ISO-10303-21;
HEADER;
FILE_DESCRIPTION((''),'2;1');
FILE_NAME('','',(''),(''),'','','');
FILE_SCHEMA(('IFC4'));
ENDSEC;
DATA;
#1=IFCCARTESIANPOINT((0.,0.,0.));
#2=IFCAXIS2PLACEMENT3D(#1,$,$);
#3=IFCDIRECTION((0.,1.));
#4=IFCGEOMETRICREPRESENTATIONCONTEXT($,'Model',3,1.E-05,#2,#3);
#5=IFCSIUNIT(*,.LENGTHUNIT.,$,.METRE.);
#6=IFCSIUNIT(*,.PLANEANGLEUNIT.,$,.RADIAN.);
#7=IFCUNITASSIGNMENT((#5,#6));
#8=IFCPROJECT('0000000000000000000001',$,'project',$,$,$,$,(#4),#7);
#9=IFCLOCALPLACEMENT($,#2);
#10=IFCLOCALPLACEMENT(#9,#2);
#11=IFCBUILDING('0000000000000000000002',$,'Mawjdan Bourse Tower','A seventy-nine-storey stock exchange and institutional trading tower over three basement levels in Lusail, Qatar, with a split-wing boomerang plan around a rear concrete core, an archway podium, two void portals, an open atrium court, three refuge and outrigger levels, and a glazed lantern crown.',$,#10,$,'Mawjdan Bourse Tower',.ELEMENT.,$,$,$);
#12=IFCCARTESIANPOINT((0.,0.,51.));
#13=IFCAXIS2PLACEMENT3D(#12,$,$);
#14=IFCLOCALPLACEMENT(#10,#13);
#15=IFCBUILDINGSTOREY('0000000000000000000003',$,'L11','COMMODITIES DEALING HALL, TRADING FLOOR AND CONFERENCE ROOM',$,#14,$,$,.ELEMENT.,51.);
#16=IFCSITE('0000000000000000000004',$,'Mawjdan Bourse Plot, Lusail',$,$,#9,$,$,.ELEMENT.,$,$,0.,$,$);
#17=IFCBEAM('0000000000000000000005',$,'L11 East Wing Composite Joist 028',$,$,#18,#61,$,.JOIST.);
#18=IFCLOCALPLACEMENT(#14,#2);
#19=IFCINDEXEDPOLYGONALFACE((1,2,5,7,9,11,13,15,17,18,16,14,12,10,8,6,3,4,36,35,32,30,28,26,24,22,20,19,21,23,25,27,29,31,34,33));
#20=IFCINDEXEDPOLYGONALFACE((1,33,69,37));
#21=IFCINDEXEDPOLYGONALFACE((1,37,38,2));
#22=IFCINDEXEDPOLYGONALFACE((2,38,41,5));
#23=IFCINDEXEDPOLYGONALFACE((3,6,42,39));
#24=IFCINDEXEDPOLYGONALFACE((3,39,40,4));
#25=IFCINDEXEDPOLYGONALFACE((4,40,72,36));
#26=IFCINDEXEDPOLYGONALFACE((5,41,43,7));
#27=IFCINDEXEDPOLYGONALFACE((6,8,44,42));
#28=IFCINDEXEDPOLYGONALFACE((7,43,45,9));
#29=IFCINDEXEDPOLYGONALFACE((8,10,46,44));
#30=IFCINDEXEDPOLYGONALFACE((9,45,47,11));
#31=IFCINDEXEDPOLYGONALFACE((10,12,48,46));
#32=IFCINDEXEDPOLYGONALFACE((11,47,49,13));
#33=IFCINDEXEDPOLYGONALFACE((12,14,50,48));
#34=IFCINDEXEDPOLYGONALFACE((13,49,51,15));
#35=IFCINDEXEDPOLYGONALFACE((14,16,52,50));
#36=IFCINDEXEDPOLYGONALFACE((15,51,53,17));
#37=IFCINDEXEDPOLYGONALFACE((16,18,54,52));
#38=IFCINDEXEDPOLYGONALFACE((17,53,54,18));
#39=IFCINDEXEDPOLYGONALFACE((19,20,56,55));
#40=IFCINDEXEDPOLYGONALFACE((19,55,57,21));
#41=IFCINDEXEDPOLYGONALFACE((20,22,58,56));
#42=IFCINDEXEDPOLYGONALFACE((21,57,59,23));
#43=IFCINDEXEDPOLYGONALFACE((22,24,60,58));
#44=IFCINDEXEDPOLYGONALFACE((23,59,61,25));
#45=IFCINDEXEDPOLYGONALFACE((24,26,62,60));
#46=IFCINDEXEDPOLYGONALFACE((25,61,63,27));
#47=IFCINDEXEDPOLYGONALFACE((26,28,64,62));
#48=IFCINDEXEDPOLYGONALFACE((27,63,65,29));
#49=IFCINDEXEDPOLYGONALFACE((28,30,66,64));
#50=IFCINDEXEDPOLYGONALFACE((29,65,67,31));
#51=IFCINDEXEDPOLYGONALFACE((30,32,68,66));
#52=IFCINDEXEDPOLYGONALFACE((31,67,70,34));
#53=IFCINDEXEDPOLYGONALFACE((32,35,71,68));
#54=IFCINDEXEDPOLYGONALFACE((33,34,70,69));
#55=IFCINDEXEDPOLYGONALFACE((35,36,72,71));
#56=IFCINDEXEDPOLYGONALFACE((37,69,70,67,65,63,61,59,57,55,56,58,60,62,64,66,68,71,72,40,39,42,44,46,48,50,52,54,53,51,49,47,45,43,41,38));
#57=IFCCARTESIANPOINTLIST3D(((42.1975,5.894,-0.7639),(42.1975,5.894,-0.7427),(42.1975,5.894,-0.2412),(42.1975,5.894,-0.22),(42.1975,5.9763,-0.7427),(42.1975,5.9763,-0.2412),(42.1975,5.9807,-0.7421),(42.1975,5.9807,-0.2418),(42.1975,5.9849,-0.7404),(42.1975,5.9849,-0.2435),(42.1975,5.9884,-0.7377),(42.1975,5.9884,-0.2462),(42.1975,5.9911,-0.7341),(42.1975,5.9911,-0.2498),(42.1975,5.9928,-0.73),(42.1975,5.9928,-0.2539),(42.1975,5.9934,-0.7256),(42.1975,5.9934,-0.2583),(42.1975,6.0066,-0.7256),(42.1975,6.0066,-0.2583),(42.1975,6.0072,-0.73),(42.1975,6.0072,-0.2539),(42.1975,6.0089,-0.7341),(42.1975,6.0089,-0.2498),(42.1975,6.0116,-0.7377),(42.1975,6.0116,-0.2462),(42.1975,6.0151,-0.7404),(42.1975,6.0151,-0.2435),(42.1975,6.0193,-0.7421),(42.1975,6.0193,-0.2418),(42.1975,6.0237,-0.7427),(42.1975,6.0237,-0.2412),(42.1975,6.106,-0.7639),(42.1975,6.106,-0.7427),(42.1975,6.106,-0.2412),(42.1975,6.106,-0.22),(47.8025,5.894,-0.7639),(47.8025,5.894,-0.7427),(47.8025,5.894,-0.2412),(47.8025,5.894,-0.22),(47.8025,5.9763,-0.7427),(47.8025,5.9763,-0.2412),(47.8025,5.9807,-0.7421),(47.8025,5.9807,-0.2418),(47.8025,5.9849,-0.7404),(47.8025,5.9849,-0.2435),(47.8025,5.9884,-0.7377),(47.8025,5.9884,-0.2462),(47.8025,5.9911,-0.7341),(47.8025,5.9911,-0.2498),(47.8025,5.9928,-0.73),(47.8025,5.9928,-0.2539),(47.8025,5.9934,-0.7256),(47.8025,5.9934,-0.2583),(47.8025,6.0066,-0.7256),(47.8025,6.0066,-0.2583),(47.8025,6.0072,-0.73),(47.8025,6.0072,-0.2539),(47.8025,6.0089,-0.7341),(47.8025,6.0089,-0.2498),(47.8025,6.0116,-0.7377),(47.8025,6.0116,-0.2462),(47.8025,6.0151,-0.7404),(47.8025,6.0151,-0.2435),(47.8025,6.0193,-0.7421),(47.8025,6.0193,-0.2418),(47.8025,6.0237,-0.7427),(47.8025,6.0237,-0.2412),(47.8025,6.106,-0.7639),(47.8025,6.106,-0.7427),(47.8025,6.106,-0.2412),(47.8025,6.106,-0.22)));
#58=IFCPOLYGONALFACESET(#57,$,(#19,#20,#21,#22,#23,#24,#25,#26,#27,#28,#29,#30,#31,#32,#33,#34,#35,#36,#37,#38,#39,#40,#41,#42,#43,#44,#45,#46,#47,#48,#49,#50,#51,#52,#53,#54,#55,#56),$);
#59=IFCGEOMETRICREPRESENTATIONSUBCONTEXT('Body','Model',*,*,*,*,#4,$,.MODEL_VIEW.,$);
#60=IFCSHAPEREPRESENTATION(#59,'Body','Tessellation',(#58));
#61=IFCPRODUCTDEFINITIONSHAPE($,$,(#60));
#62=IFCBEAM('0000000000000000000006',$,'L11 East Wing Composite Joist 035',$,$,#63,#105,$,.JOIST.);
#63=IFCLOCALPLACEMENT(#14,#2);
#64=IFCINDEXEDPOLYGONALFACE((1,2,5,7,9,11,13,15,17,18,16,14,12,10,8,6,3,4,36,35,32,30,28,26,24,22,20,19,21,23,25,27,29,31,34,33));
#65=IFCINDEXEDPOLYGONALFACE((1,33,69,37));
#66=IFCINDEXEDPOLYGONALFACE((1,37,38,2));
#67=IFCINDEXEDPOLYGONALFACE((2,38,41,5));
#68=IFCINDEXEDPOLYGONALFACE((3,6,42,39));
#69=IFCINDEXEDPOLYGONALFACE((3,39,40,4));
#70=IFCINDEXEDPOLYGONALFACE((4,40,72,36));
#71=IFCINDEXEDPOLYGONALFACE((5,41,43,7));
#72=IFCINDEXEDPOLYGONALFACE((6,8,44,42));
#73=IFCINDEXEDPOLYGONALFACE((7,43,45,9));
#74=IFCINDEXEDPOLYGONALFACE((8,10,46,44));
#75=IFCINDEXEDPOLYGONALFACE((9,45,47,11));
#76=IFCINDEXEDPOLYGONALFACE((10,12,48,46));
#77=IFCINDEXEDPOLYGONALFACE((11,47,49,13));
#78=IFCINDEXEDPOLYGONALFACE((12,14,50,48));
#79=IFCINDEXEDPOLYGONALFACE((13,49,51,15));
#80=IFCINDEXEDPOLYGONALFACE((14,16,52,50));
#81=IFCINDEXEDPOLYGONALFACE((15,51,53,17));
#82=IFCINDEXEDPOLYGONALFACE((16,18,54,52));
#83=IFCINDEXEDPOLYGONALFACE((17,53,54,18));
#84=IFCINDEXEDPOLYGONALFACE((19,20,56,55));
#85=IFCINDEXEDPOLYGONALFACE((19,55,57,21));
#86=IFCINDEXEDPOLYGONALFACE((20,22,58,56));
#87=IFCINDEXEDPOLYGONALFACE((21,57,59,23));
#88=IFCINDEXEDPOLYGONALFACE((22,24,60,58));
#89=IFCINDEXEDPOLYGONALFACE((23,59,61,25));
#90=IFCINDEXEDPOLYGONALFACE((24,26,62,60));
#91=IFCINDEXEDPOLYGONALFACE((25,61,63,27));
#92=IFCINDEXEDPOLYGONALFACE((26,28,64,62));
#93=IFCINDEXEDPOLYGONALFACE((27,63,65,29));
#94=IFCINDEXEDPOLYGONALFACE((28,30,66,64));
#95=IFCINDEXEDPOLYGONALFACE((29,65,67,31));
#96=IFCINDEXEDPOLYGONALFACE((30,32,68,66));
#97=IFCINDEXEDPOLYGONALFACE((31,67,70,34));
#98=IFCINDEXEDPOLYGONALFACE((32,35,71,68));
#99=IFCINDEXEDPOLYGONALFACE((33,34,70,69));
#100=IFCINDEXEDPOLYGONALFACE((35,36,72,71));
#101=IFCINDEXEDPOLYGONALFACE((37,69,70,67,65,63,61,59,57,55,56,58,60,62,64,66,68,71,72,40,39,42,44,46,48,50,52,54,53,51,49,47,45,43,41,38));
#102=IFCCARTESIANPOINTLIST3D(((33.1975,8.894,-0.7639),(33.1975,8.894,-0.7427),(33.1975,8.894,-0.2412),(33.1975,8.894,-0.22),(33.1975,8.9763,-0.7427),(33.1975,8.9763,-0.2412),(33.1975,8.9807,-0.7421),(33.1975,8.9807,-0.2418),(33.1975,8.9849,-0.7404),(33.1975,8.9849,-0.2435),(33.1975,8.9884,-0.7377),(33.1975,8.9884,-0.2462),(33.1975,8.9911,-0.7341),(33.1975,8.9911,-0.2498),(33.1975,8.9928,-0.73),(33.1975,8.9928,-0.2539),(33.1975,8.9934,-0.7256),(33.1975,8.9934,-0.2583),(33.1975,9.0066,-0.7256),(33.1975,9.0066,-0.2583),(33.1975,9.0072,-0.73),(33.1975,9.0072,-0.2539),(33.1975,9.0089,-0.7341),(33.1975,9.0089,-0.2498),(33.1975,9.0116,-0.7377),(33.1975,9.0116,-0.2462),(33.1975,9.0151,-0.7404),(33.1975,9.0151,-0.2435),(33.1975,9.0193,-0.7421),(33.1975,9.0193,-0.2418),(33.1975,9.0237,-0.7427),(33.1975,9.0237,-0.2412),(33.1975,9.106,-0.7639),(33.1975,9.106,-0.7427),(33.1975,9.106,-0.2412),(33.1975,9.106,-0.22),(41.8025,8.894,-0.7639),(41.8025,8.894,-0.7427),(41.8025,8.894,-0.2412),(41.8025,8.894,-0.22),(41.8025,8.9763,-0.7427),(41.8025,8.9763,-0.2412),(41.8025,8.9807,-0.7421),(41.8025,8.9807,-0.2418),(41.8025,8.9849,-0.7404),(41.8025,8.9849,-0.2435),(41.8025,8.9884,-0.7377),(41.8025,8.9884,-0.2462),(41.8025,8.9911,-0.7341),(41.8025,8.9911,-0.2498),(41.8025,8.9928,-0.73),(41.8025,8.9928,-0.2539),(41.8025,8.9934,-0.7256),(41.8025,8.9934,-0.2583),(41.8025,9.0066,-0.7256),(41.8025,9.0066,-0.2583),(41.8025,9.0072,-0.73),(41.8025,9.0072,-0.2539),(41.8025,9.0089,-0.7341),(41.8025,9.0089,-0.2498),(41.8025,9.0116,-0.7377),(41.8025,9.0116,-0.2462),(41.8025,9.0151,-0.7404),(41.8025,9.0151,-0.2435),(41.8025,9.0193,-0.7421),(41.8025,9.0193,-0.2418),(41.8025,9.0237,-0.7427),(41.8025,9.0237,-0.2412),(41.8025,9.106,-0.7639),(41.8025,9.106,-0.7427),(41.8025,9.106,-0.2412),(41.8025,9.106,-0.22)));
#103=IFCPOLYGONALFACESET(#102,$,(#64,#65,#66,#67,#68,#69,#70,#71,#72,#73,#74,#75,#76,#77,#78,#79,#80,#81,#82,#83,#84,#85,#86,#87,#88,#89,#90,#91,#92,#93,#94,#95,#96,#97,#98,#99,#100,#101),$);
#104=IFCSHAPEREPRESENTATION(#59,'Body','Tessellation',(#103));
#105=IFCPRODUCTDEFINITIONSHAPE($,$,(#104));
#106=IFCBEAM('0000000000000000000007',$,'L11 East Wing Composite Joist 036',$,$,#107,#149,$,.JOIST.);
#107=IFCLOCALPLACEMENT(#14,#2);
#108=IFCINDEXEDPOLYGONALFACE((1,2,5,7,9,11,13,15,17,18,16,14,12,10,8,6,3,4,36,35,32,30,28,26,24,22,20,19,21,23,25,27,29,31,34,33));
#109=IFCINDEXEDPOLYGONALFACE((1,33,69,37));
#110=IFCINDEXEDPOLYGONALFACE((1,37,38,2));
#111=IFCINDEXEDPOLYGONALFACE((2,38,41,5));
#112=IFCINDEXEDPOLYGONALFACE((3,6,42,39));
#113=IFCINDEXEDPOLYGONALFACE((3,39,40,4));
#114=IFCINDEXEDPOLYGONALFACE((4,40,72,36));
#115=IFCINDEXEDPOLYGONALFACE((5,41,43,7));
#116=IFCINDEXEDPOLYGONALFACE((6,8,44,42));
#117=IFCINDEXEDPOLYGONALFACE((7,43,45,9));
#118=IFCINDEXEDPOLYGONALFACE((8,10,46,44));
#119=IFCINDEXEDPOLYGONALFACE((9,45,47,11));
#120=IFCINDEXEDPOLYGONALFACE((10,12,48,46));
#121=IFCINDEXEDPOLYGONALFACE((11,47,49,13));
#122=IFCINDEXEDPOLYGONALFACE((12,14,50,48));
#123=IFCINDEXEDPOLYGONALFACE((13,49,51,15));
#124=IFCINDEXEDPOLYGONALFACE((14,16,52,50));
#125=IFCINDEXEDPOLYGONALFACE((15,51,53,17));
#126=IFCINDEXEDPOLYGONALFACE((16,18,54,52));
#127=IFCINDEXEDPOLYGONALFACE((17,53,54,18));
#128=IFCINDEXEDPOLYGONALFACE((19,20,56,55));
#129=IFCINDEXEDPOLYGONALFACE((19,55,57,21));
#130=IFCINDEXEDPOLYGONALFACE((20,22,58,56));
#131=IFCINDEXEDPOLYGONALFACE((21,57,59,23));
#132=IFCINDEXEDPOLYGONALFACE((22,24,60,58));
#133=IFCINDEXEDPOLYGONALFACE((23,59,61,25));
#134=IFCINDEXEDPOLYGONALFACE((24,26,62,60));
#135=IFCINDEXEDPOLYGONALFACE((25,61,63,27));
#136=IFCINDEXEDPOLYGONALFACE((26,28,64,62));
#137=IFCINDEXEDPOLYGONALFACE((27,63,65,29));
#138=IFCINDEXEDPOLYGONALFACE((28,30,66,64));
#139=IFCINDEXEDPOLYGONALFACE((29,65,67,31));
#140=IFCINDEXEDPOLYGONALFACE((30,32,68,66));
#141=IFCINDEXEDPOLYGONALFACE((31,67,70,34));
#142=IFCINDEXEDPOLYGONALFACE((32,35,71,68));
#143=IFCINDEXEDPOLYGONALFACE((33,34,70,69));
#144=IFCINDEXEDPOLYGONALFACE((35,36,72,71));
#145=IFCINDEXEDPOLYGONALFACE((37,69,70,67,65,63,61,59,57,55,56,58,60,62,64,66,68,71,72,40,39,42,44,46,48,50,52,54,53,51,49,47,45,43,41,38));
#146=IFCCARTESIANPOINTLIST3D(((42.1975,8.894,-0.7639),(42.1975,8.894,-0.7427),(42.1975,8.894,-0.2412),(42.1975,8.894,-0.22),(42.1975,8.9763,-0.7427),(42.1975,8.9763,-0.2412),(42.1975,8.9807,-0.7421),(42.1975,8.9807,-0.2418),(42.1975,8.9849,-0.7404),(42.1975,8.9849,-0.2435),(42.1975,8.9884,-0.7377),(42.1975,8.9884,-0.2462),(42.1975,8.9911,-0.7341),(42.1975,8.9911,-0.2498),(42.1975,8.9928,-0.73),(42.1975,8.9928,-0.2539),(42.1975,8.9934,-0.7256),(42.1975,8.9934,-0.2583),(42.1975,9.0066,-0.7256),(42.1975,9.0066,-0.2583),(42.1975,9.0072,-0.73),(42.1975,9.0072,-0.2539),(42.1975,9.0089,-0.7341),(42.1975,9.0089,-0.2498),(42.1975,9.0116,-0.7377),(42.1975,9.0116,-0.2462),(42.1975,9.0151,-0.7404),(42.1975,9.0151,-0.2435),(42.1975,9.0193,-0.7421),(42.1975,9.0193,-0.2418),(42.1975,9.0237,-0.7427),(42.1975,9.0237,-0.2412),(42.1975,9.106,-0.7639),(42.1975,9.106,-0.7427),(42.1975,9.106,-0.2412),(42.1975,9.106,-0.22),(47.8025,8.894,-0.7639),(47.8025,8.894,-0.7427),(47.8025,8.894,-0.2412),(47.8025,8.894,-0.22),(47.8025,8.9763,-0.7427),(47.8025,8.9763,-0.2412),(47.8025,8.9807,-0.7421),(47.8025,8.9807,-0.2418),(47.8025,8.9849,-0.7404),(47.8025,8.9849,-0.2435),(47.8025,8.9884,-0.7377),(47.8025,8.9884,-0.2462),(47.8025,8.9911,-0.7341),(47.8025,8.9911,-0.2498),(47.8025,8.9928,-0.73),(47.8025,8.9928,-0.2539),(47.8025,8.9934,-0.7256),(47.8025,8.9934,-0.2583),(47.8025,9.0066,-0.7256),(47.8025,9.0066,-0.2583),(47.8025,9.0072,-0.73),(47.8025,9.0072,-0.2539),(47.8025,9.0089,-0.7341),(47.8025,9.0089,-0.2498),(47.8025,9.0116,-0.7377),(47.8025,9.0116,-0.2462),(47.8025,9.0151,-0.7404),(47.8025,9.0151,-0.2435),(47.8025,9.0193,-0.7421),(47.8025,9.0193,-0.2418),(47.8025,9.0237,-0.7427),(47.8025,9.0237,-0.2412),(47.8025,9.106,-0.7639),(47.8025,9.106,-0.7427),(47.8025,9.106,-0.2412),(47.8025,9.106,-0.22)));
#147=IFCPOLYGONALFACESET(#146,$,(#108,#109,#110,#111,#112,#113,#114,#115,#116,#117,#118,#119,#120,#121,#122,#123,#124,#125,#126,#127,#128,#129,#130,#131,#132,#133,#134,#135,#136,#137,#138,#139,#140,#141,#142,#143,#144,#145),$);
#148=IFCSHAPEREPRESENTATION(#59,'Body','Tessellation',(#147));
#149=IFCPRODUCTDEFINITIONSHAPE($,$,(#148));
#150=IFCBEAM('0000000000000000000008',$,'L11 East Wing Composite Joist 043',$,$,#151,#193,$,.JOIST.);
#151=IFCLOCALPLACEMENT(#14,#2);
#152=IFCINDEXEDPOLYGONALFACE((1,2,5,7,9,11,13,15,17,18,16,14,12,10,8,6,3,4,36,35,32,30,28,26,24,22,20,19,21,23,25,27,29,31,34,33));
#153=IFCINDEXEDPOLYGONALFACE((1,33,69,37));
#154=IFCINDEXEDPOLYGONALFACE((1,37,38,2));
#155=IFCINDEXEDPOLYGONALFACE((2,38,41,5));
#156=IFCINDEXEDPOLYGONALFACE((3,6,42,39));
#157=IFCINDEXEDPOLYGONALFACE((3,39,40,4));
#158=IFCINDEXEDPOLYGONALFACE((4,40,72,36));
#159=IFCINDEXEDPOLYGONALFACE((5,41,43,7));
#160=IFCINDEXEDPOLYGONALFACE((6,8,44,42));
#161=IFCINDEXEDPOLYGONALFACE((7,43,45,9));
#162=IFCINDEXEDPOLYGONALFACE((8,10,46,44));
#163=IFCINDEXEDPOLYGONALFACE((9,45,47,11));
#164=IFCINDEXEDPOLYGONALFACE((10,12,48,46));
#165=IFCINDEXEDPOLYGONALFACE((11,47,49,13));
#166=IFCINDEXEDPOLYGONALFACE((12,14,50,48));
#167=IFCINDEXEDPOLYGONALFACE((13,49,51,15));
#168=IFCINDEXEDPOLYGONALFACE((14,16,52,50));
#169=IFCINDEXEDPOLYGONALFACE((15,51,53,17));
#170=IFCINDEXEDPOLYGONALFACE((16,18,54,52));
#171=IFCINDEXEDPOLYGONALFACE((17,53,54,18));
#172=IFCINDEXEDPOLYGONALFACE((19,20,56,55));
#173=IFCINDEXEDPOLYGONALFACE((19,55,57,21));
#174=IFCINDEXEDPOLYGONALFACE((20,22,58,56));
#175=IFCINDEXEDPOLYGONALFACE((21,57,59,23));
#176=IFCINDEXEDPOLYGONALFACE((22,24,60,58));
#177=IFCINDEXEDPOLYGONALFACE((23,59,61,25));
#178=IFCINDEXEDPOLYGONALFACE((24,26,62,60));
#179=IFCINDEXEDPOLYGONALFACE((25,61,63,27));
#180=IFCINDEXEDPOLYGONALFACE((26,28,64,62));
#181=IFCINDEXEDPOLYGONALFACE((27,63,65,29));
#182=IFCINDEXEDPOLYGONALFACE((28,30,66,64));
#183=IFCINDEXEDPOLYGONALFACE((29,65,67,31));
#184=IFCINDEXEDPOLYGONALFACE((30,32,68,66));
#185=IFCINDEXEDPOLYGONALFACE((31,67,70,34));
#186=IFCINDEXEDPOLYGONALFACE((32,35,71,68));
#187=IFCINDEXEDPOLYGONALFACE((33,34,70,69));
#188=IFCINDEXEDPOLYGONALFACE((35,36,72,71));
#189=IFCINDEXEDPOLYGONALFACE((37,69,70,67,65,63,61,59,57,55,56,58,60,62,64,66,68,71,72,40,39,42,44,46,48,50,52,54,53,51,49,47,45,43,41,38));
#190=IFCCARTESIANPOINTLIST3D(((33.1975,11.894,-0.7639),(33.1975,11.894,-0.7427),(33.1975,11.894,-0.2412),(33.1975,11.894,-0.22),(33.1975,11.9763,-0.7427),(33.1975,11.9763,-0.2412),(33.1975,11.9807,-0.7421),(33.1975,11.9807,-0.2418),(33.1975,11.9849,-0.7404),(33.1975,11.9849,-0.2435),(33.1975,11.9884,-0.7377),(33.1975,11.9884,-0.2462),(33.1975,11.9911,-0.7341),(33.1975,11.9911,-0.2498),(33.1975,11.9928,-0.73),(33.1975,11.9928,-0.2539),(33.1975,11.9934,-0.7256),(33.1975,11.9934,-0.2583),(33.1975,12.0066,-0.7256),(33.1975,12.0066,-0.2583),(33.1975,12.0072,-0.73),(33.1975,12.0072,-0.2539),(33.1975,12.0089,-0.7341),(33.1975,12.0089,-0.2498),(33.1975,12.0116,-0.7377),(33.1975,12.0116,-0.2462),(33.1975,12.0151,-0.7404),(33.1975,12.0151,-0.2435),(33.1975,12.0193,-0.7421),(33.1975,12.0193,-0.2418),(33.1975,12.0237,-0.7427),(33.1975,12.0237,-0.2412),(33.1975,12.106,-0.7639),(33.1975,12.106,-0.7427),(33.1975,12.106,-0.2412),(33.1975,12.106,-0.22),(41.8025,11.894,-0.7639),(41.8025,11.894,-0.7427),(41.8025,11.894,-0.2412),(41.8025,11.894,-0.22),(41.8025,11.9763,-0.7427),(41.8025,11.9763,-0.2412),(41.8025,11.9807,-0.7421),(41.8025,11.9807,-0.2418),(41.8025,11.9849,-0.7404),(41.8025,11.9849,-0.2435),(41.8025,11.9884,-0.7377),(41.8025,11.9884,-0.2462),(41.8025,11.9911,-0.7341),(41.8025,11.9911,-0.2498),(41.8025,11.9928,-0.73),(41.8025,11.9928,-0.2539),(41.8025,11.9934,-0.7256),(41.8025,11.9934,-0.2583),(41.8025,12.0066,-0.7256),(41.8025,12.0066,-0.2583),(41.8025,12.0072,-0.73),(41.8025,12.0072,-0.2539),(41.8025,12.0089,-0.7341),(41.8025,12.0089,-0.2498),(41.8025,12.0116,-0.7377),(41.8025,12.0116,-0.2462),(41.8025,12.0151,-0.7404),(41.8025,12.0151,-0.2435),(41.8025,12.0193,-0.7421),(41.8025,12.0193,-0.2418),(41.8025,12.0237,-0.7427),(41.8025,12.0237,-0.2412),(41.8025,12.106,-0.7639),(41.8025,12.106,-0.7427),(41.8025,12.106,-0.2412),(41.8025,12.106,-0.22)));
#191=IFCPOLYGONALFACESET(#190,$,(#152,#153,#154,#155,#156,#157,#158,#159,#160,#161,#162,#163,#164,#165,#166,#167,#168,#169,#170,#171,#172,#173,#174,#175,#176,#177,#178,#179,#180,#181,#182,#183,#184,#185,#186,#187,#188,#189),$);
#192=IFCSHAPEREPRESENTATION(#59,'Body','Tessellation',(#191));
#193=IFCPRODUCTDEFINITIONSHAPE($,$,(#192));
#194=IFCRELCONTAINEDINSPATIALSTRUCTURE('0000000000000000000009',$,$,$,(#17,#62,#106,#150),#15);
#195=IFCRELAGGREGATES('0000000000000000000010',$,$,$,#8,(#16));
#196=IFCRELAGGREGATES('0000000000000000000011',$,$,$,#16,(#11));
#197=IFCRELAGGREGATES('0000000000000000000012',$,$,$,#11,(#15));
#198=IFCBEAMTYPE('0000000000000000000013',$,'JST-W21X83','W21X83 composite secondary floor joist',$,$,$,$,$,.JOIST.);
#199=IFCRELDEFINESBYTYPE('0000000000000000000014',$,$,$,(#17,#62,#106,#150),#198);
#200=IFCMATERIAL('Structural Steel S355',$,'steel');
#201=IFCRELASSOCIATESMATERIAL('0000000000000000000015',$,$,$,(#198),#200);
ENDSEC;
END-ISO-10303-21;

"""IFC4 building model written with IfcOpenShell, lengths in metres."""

from ifc_helpers import new_model, si_unit, direction, frame, origin, origin_2d, place, context, subcontext, project, spatial, i_section, extrude, material, material_profile, profile_set, type_object, element, save


model = new_model("IFC4")

# Units and contexts
model_context = context("Model", 3, precision=1e-05, world=origin(), true_north=direction((0.0, 1.0)))
body_context = subcontext(model_context, "Body", "Model", "MODEL_VIEW")
ifc_project = project(units=[si_unit("LENGTHUNIT", "METRE"), si_unit("PLANEANGLEUNIT", "RADIAN")], contexts=[model_context])

# Site, building, storey
site_placement = place(None, origin())
site = spatial("IfcSite", under=ifc_project, at=site_placement, Name="Mawjdan Bourse Plot, Lusail", CompositionType="ELEMENT", RefElevation=0.0)
building_placement = place(site_placement, origin())
building = spatial("IfcBuilding", under=site, at=building_placement, Name="Mawjdan Bourse Tower", Description="A seventy-nine-storey stock exchange and institutional trading tower over three basement levels in Lusail, Qatar, with a split-wing boomerang plan around a rear concrete core, an archway podium, two void portals, an open atrium court, three refuge and outrigger levels, and a glazed lantern crown.", LongName="Mawjdan Bourse Tower", CompositionType="ELEMENT")
storey_placement = place(building_placement, frame((0.0, 0.0, 51.0)))
storey = spatial("IfcBuildingStorey", under=building, at=storey_placement, Name="L11", Description="COMMODITIES DEALING HALL, TRADING FLOOR AND CONFERENCE ROOM", CompositionType="ELEMENT", Elevation=51.0)

# Beams
ifc_material_1 = material(Name="Structural Steel S355", Category="steel")
ifc_material_profile_1 = material_profile(ifc_material_1, i_section(OverallWidth=0.2119, OverallDepth=0.5439, WebThickness=0.0132, FlangeThickness=0.0212, FilletRadius=0.0171, at=origin_2d()), Name="W21X83")
ifc_profile_set_1 = profile_set([ifc_material_profile_1], Name="Structural Steel S355")
beam_type_1 = type_object("IfcBeamType", Name="JST-W21X83", Description="W21X83 composite secondary floor joist", PredefinedType="JOIST", material=ifc_profile_set_1)
beam_1_placement = place(storey_placement, frame((42.1975, 6.0, -0.4919), z_axis=(1.0, 0.0, 0.0), x_axis=(0.0, 1.0, 0.0)))
element("IfcBeam", 1, at=beam_1_placement, inside=storey, type_object=beam_type_1, Name="L11 East Wing Composite Joist 028", PredefinedType="JOIST", context=body_context, shape_type="SweptSolid", body=[
    extrude(i_section(OverallWidth=0.2119, OverallDepth=0.5439, WebThickness=0.0132, FlangeThickness=0.0212, FilletRadius=0.0171, at=origin_2d()), origin(), (0.0, 0.0, 1.0), 5.605),
])
beam_2_placement = place(storey_placement, frame((33.1975, 9.0, -0.4919), z_axis=(1.0, 0.0, 0.0), x_axis=(0.0, 1.0, 0.0)))
element("IfcBeam", 2, at=beam_2_placement, inside=storey, type_object=beam_type_1, Name="L11 East Wing Composite Joist 035", PredefinedType="JOIST", context=body_context, shape_type="SweptSolid", body=[
    extrude(i_section(OverallWidth=0.2119, OverallDepth=0.5439, WebThickness=0.0132, FlangeThickness=0.0212, FilletRadius=0.0171, at=origin_2d()), origin(), (0.0, 0.0, 1.0), 8.605),
])
beam_3_placement = place(storey_placement, frame((42.1975, 9.0, -0.4919), z_axis=(1.0, 0.0, 0.0), x_axis=(0.0, 1.0, 0.0)))
element("IfcBeam", 3, at=beam_3_placement, inside=storey, type_object=beam_type_1, Name="L11 East Wing Composite Joist 036", PredefinedType="JOIST", context=body_context, shape_type="SweptSolid", body=[
    extrude(i_section(OverallWidth=0.2119, OverallDepth=0.5439, WebThickness=0.0132, FlangeThickness=0.0212, FilletRadius=0.0171, at=origin_2d()), origin(), (0.0, 0.0, 1.0), 5.605),
])
beam_4_placement = place(storey_placement, frame((33.1975, 12.0, -0.4919), z_axis=(1.0, 0.0, 0.0), x_axis=(0.0, 1.0, 0.0)))
element("IfcBeam", 4, at=beam_4_placement, inside=storey, type_object=beam_type_1, Name="L11 East Wing Composite Joist 043", PredefinedType="JOIST", context=body_context, shape_type="SweptSolid", body=[
    extrude(i_section(OverallWidth=0.2119, OverallDepth=0.5439, WebThickness=0.0132, FlangeThickness=0.0212, FilletRadius=0.0171, at=origin_2d()), origin(), (0.0, 0.0, 1.0), 8.605),
])

save(model, "model.ifc")
